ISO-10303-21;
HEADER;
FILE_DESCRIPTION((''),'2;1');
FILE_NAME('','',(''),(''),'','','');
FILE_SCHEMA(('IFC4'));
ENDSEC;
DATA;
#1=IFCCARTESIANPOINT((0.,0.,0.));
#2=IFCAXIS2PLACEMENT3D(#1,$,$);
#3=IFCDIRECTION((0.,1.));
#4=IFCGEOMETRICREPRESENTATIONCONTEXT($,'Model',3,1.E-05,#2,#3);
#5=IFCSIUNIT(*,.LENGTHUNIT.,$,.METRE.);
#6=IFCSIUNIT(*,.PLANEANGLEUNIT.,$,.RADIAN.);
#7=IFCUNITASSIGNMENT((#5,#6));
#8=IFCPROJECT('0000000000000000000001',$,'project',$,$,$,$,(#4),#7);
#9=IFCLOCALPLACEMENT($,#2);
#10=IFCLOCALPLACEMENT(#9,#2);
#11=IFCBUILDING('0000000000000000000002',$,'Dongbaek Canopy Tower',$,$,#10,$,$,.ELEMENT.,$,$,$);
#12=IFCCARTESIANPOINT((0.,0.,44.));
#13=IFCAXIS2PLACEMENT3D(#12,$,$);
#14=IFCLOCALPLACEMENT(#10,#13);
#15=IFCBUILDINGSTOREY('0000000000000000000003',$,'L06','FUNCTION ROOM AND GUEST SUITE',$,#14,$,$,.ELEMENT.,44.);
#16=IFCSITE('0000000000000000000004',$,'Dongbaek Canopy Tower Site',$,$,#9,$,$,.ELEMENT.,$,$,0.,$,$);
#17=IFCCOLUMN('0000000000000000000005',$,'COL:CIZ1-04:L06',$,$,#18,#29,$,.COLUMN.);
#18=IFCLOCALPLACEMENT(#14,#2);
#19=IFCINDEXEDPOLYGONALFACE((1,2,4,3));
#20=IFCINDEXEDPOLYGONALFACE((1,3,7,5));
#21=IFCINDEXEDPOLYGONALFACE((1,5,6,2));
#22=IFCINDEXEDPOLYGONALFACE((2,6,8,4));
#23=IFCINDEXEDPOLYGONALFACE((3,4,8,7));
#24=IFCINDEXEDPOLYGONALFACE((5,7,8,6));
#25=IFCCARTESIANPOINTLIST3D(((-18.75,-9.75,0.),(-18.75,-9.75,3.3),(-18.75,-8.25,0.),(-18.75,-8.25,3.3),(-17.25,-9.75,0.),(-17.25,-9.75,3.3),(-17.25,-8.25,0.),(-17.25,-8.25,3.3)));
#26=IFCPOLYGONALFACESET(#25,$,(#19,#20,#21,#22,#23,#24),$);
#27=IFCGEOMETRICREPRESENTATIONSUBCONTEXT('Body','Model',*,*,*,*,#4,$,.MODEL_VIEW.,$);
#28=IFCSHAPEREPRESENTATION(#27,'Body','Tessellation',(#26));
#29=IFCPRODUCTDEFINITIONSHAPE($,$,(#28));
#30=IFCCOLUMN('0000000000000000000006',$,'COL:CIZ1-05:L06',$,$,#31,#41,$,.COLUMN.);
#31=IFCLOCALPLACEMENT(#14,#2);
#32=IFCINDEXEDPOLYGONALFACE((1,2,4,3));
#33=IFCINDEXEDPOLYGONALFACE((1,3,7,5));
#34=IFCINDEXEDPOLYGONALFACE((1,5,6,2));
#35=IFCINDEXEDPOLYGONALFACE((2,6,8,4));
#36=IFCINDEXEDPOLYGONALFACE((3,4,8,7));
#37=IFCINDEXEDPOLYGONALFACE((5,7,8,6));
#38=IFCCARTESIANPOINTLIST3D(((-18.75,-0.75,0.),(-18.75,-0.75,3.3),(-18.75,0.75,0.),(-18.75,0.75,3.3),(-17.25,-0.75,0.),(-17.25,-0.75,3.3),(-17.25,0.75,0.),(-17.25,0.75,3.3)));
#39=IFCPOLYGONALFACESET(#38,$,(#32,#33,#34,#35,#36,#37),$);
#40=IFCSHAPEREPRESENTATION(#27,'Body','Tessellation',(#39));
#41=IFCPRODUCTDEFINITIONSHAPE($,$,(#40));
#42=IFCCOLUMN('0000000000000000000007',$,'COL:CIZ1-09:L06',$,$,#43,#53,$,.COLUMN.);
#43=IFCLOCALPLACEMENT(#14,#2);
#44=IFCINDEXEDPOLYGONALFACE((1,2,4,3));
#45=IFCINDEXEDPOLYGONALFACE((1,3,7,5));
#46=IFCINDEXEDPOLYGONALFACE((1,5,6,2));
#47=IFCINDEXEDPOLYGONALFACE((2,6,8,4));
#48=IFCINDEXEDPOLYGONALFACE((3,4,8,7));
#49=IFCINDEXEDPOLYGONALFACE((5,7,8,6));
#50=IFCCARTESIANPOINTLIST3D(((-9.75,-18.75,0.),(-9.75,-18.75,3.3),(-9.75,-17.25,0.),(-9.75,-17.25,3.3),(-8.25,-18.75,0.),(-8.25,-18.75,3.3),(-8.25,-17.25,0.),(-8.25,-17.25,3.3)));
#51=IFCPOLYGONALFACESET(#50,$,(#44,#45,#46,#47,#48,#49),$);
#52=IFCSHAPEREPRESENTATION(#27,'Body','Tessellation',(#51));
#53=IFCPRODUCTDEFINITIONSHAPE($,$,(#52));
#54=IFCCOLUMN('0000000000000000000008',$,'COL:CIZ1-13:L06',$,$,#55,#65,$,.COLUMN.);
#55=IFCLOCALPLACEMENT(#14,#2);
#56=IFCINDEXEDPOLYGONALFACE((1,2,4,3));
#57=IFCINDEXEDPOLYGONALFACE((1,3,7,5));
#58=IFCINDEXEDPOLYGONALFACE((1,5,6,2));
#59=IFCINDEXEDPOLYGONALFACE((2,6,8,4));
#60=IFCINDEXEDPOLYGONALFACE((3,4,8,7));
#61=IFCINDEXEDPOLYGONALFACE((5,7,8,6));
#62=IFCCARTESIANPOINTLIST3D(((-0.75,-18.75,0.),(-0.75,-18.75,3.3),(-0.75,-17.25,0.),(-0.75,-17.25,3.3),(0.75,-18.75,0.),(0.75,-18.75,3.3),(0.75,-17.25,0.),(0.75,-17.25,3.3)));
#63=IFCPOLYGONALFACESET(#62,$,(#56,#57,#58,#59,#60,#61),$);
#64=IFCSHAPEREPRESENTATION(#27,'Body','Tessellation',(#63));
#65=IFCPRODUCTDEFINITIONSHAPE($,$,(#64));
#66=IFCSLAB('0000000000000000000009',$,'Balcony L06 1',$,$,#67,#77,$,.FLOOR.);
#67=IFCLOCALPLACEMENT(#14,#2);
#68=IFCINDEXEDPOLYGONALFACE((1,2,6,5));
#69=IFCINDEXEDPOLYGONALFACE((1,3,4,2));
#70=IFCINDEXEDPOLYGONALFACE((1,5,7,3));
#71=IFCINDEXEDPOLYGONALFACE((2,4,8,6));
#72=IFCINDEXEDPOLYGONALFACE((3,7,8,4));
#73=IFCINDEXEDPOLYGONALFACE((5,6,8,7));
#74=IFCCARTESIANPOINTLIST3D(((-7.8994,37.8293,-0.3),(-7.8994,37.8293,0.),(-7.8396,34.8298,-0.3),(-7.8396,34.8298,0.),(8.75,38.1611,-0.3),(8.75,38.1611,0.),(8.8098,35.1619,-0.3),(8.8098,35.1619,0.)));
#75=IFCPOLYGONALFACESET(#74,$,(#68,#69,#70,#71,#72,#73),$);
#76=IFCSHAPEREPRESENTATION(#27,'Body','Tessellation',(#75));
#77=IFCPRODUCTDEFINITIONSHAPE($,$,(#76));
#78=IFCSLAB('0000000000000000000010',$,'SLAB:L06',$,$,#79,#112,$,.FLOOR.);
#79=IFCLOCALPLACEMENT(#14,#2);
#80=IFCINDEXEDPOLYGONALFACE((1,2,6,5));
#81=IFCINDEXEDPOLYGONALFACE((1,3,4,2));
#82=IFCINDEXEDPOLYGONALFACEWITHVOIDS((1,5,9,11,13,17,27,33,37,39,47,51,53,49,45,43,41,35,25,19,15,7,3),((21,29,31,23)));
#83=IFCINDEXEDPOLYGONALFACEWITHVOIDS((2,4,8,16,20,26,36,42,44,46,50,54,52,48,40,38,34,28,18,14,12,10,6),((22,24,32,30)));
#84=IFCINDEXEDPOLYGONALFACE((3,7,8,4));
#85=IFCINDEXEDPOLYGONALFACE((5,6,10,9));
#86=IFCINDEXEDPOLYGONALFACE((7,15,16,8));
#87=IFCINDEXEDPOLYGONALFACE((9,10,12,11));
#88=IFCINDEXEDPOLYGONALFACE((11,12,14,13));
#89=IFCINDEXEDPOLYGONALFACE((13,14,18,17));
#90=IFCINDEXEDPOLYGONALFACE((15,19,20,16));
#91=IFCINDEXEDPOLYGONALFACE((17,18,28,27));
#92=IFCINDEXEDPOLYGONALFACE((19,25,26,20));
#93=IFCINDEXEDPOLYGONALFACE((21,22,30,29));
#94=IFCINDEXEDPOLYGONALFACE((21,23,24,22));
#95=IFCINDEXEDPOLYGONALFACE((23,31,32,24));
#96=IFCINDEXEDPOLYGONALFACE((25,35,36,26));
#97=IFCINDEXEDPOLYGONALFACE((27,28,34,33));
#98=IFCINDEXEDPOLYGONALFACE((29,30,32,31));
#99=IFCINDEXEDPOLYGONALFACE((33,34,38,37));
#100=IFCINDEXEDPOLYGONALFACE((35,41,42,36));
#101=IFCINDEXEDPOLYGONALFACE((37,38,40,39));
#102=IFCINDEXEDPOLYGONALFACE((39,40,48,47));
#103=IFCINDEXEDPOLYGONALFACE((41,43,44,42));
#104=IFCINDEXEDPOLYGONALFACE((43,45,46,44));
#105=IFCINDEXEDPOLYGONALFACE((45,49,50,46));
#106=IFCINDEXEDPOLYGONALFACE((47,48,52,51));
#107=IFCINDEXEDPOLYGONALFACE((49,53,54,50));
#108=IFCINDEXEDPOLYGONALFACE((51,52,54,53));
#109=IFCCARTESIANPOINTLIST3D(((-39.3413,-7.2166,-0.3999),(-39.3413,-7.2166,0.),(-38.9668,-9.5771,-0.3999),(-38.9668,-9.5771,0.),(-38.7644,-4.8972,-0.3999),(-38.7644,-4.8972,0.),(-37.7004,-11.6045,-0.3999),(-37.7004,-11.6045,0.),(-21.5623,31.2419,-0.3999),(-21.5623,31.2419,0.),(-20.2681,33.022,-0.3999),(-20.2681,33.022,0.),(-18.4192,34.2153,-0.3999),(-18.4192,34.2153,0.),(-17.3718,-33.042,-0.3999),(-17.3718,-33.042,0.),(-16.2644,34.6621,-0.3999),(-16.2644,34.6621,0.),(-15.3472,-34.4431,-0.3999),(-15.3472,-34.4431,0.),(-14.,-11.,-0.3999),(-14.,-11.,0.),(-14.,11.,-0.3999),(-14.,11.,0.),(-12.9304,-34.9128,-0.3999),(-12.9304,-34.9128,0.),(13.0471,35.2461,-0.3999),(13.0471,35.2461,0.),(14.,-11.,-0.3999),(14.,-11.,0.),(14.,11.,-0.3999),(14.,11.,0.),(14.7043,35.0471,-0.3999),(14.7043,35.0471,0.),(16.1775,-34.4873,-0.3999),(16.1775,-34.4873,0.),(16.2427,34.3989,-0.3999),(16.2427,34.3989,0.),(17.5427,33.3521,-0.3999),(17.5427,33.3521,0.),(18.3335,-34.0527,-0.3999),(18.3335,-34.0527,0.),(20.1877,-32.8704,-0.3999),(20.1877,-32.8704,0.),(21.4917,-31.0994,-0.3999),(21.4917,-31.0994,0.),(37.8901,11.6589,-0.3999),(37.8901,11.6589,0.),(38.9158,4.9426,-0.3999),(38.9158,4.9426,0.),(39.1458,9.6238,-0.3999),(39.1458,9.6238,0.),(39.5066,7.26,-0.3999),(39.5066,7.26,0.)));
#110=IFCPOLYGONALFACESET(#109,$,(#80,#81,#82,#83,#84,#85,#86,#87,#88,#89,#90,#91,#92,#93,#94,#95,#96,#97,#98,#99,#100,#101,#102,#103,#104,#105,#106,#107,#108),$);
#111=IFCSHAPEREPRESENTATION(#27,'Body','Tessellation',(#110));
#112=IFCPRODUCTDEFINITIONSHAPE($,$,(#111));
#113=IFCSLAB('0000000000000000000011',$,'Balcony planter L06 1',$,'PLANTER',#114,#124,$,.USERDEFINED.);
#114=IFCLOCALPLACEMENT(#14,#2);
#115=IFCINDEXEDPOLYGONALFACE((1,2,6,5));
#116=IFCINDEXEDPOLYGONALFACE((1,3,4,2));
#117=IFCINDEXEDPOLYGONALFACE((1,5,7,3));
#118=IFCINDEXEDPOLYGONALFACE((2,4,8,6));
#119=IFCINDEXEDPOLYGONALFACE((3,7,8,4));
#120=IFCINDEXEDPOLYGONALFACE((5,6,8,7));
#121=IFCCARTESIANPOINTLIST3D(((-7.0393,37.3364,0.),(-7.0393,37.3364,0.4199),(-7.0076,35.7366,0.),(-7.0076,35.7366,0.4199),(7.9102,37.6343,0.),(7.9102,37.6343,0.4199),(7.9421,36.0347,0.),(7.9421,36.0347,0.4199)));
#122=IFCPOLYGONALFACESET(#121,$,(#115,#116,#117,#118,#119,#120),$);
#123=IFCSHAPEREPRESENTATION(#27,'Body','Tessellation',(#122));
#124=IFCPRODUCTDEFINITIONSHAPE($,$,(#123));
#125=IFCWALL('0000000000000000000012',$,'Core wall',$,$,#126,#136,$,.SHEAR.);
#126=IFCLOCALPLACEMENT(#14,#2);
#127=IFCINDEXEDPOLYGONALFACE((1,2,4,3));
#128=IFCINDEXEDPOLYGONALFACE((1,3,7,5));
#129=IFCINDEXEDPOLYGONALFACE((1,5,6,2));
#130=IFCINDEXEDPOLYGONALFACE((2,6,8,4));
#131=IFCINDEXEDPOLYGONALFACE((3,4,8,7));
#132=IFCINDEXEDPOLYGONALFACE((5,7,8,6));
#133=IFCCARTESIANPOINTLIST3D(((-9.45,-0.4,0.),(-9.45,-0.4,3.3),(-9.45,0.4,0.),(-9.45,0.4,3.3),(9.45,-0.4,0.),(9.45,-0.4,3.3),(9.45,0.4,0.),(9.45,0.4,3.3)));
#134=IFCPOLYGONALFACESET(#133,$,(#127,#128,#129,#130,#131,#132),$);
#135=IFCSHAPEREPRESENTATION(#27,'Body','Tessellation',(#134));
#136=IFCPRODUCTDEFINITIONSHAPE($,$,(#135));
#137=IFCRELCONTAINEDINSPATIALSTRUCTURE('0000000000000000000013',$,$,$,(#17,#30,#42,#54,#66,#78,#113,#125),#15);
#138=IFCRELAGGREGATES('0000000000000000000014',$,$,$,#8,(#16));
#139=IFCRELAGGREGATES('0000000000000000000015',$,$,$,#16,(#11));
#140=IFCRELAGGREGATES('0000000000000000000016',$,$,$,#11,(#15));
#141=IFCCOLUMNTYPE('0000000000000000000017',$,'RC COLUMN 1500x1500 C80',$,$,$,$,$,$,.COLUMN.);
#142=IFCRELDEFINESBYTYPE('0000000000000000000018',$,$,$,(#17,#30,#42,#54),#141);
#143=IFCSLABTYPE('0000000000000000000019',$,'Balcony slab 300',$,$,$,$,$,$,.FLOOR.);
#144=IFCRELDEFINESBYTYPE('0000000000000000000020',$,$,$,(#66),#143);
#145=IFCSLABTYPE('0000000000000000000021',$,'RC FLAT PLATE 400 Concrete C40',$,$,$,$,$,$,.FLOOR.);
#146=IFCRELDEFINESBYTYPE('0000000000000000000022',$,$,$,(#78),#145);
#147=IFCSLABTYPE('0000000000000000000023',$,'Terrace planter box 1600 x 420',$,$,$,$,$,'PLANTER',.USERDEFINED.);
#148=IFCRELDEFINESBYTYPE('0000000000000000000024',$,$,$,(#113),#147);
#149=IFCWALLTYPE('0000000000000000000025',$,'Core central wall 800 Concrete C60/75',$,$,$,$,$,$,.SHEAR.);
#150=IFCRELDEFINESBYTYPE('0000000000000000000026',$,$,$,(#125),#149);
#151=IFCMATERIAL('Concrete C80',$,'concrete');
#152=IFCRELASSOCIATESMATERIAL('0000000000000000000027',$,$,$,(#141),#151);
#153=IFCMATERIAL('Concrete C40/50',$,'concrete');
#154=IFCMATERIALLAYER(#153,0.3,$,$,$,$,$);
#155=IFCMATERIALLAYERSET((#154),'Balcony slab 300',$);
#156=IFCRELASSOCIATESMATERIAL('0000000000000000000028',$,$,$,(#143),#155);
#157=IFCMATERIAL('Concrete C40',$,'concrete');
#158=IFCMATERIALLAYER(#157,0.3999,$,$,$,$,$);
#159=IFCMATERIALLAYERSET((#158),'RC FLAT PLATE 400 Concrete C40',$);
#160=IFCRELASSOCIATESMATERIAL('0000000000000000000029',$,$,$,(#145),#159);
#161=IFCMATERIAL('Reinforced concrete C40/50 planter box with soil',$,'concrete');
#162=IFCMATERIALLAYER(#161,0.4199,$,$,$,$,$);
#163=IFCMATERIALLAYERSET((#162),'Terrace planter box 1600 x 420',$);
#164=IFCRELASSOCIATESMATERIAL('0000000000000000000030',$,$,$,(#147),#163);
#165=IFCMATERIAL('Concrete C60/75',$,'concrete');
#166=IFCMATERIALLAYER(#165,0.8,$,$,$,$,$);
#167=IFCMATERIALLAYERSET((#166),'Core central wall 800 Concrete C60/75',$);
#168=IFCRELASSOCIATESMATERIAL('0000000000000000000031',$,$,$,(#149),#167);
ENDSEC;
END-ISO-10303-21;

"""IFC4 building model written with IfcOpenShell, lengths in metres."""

from ifc_helpers import new_model, si_unit, direction, frame, frame_2d, origin, origin_2d, place, context, subcontext, project, spatial, polyline, rectangle, outline, extrude, material, layer, layer_set, material_profile, profile_set, type_object, element, save


model = new_model("IFC4")

# Units and contexts
model_context = context("Model", 3, precision=1e-05, world=origin(), true_north=direction((0.0, 1.0)))
body_context = subcontext(model_context, "Body", "Model", "MODEL_VIEW")
ifc_project = project(units=[si_unit("LENGTHUNIT", "METRE"), si_unit("PLANEANGLEUNIT", "RADIAN")], contexts=[model_context])

# Site, building, storey
site_placement = place(None, origin())
site = spatial("IfcSite", under=ifc_project, at=site_placement, Name="Dongbaek Canopy Tower Site", CompositionType="ELEMENT", RefElevation=0.0)
building_placement = place(site_placement, origin())
building = spatial("IfcBuilding", under=site, at=building_placement, Name="Dongbaek Canopy Tower", CompositionType="ELEMENT")
storey_placement = place(building_placement, frame((0.0, 0.0, 44.0)))
storey = spatial("IfcBuildingStorey", under=building, at=storey_placement, Name="L06", Description="FUNCTION ROOM AND GUEST SUITE", CompositionType="ELEMENT", Elevation=44.0)

# Columns
ifc_material_1 = material(Name="Concrete C80", Category="concrete")
ifc_material_profile = material_profile(ifc_material_1, rectangle(XDim=1.5, YDim=1.5, at=origin_2d()), Name="RC COLUMN 1500x1500 C80")
ifc_profile_set = profile_set([ifc_material_profile], Name="Concrete C80")
column_type = type_object("IfcColumnType", Name="RC COLUMN 1500x1500 C80", PredefinedType="COLUMN", material=ifc_profile_set)
for number, where, z_axis, x_axis, name in (
    (1, (-18.0, -9.0, 0.0), (0.0, 0.0, 1.0), (1.0, 0.0, 0.0), "COL:CIZ1-04:L06"),
    (2, (-18.0, 0.0, 0.0), (0.0, 0.0, 1.0), (1.0, 0.0, 0.0), "COL:CIZ1-05:L06"),
    (3, (-9.0, -18.0, 0.0), (0.0, 0.0, 1.0), (1.0, 0.0, 0.0), "COL:CIZ1-09:L06"),
    (4, (0.0, -18.0, 0.0), (0.0, 0.0, 1.0), (1.0, 0.0, 0.0), "COL:CIZ1-13:L06"),
):
    element("IfcColumn", number, at=place(storey_placement, frame(where, z_axis=z_axis, x_axis=x_axis)), inside=storey, type_object=column_type, Name=name, PredefinedType="COLUMN", context=body_context, shape_type="SweptSolid", body=[
        extrude(rectangle(XDim=1.5, YDim=1.5, at=origin_2d()), origin(), (0.0, 0.0, 1.0), 3.3),
    ])

# Slabs
ifc_material_2 = material(Name="Concrete C40/50", Category="concrete")
ifc_layer_1 = layer(ifc_material_2, 0.3)
ifc_layer_set_1 = layer_set([ifc_layer_1], Name="Balcony slab 300")
slab_type_1 = type_object("IfcSlabType", Name="Balcony slab 300", PredefinedType="FLOOR", material=ifc_layer_set_1)
slab_1_placement = place(storey_placement, frame((0.0, 0.0, -0.3)))
element("IfcSlab", 5, at=slab_1_placement, inside=storey, type_object=slab_type_1, Name="Balcony L06 1", PredefinedType="FLOOR", context=body_context, shape_type="SweptSolid", body=[
    extrude(outline(polyline([(8.8098, 35.1619), (-7.8396, 34.8298), (-7.8994, 37.8293), (8.75, 38.1611), (8.8098, 35.1619)])), origin(), (0.0, 0.0, 1.0), 0.3),
])
ifc_material_3 = material(Name="Concrete C40", Category="concrete")
ifc_layer_2 = layer(ifc_material_3, 0.3999)
ifc_layer_set_2 = layer_set([ifc_layer_2], Name="RC FLAT PLATE 400 Concrete C40")
slab_type_2 = type_object("IfcSlabType", Name="RC FLAT PLATE 400 Concrete C40", PredefinedType="FLOOR", material=ifc_layer_set_2)
slab_2_placement = place(storey_placement, frame((0.0, 0.0, -0.3999)))
element("IfcSlab", 6, at=slab_2_placement, inside=storey, type_object=slab_type_2, Name="SLAB:L06", PredefinedType="FLOOR", context=body_context, shape_type="SweptSolid", body=[
    extrude(outline(polyline([(21.4917, -31.0994), (20.1877, -32.8704), (18.3335, -34.0527), (16.1775, -34.4873), (-12.9304, -34.9128), (-15.3472, -34.4431), (-17.3718, -33.042), (-37.7004, -11.6045), (-38.9668, -9.5771), (-39.3413, -7.2166), (-38.7644, -4.8972), (-21.5623, 31.2419), (-20.2681, 33.022), (-18.4192, 34.2153), (-16.2644, 34.6621), (13.0471, 35.2461), (14.7043, 35.0471), (16.2427, 34.3989), (17.5427, 33.3521), (37.8901, 11.6589), (39.1458, 9.6238), (39.5066, 7.26), (38.9158, 4.9426), (21.4917, -31.0994)]), holes=[polyline([(14.0, 11.0), (-14.0, 11.0), (-14.0, -11.0), (14.0, -11.0), (14.0, 11.0)])]), origin(), (0.0, 0.0, 1.0), 0.3999),
])
ifc_material_4 = material(Name="Reinforced concrete C40/50 planter box with soil", Category="concrete")
ifc_layer_3 = layer(ifc_material_4, 0.4199)
ifc_layer_set_3 = layer_set([ifc_layer_3], Name="Terrace planter box 1600 x 420")
slab_type_3 = type_object("IfcSlabType", Name="Terrace planter box 1600 x 420", ElementType="PLANTER", PredefinedType="USERDEFINED", material=ifc_layer_set_3)
slab_3_placement = place(storey_placement, origin())
element("IfcSlab", 7, at=slab_3_placement, inside=storey, type_object=slab_type_3, Name="Balcony planter L06 1", ObjectType="PLANTER", PredefinedType="USERDEFINED", context=body_context, shape_type="SweptSolid", body=[
    extrude(outline(polyline([(7.9421, 36.0347), (-7.0076, 35.7366), (-7.0393, 37.3364), (7.9102, 37.6343), (7.9421, 36.0347)])), origin(), (0.0, 0.0, 1.0), 0.4199),
])

# Wall
ifc_material_5 = material(Name="Concrete C60/75", Category="concrete")
ifc_layer_4 = layer(ifc_material_5, 0.8)
ifc_layer_set_4 = layer_set([ifc_layer_4], Name="Core central wall 800 Concrete C60/75")
wall_type_1 = type_object("IfcWallType", Name="Core central wall 800 Concrete C60/75", PredefinedType="SHEAR", material=ifc_layer_set_4)
wall_1_placement = place(storey_placement, frame((-9.45, 0.0, 0.0), z_axis=(0.0, 0.0, 1.0), x_axis=(1.0, 0.0, 0.0)))
element("IfcWall", 8, at=wall_1_placement, inside=storey, type_object=wall_type_1, Name="Core wall", PredefinedType="SHEAR", context=body_context, shape_type="SweptSolid", body=[
    extrude(rectangle(XDim=18.8999, YDim=0.8, at=frame_2d((9.45, 0.0))), origin(), (0.0, 0.0, 1.0), 3.3),
])

save(model, "model.ifc")
